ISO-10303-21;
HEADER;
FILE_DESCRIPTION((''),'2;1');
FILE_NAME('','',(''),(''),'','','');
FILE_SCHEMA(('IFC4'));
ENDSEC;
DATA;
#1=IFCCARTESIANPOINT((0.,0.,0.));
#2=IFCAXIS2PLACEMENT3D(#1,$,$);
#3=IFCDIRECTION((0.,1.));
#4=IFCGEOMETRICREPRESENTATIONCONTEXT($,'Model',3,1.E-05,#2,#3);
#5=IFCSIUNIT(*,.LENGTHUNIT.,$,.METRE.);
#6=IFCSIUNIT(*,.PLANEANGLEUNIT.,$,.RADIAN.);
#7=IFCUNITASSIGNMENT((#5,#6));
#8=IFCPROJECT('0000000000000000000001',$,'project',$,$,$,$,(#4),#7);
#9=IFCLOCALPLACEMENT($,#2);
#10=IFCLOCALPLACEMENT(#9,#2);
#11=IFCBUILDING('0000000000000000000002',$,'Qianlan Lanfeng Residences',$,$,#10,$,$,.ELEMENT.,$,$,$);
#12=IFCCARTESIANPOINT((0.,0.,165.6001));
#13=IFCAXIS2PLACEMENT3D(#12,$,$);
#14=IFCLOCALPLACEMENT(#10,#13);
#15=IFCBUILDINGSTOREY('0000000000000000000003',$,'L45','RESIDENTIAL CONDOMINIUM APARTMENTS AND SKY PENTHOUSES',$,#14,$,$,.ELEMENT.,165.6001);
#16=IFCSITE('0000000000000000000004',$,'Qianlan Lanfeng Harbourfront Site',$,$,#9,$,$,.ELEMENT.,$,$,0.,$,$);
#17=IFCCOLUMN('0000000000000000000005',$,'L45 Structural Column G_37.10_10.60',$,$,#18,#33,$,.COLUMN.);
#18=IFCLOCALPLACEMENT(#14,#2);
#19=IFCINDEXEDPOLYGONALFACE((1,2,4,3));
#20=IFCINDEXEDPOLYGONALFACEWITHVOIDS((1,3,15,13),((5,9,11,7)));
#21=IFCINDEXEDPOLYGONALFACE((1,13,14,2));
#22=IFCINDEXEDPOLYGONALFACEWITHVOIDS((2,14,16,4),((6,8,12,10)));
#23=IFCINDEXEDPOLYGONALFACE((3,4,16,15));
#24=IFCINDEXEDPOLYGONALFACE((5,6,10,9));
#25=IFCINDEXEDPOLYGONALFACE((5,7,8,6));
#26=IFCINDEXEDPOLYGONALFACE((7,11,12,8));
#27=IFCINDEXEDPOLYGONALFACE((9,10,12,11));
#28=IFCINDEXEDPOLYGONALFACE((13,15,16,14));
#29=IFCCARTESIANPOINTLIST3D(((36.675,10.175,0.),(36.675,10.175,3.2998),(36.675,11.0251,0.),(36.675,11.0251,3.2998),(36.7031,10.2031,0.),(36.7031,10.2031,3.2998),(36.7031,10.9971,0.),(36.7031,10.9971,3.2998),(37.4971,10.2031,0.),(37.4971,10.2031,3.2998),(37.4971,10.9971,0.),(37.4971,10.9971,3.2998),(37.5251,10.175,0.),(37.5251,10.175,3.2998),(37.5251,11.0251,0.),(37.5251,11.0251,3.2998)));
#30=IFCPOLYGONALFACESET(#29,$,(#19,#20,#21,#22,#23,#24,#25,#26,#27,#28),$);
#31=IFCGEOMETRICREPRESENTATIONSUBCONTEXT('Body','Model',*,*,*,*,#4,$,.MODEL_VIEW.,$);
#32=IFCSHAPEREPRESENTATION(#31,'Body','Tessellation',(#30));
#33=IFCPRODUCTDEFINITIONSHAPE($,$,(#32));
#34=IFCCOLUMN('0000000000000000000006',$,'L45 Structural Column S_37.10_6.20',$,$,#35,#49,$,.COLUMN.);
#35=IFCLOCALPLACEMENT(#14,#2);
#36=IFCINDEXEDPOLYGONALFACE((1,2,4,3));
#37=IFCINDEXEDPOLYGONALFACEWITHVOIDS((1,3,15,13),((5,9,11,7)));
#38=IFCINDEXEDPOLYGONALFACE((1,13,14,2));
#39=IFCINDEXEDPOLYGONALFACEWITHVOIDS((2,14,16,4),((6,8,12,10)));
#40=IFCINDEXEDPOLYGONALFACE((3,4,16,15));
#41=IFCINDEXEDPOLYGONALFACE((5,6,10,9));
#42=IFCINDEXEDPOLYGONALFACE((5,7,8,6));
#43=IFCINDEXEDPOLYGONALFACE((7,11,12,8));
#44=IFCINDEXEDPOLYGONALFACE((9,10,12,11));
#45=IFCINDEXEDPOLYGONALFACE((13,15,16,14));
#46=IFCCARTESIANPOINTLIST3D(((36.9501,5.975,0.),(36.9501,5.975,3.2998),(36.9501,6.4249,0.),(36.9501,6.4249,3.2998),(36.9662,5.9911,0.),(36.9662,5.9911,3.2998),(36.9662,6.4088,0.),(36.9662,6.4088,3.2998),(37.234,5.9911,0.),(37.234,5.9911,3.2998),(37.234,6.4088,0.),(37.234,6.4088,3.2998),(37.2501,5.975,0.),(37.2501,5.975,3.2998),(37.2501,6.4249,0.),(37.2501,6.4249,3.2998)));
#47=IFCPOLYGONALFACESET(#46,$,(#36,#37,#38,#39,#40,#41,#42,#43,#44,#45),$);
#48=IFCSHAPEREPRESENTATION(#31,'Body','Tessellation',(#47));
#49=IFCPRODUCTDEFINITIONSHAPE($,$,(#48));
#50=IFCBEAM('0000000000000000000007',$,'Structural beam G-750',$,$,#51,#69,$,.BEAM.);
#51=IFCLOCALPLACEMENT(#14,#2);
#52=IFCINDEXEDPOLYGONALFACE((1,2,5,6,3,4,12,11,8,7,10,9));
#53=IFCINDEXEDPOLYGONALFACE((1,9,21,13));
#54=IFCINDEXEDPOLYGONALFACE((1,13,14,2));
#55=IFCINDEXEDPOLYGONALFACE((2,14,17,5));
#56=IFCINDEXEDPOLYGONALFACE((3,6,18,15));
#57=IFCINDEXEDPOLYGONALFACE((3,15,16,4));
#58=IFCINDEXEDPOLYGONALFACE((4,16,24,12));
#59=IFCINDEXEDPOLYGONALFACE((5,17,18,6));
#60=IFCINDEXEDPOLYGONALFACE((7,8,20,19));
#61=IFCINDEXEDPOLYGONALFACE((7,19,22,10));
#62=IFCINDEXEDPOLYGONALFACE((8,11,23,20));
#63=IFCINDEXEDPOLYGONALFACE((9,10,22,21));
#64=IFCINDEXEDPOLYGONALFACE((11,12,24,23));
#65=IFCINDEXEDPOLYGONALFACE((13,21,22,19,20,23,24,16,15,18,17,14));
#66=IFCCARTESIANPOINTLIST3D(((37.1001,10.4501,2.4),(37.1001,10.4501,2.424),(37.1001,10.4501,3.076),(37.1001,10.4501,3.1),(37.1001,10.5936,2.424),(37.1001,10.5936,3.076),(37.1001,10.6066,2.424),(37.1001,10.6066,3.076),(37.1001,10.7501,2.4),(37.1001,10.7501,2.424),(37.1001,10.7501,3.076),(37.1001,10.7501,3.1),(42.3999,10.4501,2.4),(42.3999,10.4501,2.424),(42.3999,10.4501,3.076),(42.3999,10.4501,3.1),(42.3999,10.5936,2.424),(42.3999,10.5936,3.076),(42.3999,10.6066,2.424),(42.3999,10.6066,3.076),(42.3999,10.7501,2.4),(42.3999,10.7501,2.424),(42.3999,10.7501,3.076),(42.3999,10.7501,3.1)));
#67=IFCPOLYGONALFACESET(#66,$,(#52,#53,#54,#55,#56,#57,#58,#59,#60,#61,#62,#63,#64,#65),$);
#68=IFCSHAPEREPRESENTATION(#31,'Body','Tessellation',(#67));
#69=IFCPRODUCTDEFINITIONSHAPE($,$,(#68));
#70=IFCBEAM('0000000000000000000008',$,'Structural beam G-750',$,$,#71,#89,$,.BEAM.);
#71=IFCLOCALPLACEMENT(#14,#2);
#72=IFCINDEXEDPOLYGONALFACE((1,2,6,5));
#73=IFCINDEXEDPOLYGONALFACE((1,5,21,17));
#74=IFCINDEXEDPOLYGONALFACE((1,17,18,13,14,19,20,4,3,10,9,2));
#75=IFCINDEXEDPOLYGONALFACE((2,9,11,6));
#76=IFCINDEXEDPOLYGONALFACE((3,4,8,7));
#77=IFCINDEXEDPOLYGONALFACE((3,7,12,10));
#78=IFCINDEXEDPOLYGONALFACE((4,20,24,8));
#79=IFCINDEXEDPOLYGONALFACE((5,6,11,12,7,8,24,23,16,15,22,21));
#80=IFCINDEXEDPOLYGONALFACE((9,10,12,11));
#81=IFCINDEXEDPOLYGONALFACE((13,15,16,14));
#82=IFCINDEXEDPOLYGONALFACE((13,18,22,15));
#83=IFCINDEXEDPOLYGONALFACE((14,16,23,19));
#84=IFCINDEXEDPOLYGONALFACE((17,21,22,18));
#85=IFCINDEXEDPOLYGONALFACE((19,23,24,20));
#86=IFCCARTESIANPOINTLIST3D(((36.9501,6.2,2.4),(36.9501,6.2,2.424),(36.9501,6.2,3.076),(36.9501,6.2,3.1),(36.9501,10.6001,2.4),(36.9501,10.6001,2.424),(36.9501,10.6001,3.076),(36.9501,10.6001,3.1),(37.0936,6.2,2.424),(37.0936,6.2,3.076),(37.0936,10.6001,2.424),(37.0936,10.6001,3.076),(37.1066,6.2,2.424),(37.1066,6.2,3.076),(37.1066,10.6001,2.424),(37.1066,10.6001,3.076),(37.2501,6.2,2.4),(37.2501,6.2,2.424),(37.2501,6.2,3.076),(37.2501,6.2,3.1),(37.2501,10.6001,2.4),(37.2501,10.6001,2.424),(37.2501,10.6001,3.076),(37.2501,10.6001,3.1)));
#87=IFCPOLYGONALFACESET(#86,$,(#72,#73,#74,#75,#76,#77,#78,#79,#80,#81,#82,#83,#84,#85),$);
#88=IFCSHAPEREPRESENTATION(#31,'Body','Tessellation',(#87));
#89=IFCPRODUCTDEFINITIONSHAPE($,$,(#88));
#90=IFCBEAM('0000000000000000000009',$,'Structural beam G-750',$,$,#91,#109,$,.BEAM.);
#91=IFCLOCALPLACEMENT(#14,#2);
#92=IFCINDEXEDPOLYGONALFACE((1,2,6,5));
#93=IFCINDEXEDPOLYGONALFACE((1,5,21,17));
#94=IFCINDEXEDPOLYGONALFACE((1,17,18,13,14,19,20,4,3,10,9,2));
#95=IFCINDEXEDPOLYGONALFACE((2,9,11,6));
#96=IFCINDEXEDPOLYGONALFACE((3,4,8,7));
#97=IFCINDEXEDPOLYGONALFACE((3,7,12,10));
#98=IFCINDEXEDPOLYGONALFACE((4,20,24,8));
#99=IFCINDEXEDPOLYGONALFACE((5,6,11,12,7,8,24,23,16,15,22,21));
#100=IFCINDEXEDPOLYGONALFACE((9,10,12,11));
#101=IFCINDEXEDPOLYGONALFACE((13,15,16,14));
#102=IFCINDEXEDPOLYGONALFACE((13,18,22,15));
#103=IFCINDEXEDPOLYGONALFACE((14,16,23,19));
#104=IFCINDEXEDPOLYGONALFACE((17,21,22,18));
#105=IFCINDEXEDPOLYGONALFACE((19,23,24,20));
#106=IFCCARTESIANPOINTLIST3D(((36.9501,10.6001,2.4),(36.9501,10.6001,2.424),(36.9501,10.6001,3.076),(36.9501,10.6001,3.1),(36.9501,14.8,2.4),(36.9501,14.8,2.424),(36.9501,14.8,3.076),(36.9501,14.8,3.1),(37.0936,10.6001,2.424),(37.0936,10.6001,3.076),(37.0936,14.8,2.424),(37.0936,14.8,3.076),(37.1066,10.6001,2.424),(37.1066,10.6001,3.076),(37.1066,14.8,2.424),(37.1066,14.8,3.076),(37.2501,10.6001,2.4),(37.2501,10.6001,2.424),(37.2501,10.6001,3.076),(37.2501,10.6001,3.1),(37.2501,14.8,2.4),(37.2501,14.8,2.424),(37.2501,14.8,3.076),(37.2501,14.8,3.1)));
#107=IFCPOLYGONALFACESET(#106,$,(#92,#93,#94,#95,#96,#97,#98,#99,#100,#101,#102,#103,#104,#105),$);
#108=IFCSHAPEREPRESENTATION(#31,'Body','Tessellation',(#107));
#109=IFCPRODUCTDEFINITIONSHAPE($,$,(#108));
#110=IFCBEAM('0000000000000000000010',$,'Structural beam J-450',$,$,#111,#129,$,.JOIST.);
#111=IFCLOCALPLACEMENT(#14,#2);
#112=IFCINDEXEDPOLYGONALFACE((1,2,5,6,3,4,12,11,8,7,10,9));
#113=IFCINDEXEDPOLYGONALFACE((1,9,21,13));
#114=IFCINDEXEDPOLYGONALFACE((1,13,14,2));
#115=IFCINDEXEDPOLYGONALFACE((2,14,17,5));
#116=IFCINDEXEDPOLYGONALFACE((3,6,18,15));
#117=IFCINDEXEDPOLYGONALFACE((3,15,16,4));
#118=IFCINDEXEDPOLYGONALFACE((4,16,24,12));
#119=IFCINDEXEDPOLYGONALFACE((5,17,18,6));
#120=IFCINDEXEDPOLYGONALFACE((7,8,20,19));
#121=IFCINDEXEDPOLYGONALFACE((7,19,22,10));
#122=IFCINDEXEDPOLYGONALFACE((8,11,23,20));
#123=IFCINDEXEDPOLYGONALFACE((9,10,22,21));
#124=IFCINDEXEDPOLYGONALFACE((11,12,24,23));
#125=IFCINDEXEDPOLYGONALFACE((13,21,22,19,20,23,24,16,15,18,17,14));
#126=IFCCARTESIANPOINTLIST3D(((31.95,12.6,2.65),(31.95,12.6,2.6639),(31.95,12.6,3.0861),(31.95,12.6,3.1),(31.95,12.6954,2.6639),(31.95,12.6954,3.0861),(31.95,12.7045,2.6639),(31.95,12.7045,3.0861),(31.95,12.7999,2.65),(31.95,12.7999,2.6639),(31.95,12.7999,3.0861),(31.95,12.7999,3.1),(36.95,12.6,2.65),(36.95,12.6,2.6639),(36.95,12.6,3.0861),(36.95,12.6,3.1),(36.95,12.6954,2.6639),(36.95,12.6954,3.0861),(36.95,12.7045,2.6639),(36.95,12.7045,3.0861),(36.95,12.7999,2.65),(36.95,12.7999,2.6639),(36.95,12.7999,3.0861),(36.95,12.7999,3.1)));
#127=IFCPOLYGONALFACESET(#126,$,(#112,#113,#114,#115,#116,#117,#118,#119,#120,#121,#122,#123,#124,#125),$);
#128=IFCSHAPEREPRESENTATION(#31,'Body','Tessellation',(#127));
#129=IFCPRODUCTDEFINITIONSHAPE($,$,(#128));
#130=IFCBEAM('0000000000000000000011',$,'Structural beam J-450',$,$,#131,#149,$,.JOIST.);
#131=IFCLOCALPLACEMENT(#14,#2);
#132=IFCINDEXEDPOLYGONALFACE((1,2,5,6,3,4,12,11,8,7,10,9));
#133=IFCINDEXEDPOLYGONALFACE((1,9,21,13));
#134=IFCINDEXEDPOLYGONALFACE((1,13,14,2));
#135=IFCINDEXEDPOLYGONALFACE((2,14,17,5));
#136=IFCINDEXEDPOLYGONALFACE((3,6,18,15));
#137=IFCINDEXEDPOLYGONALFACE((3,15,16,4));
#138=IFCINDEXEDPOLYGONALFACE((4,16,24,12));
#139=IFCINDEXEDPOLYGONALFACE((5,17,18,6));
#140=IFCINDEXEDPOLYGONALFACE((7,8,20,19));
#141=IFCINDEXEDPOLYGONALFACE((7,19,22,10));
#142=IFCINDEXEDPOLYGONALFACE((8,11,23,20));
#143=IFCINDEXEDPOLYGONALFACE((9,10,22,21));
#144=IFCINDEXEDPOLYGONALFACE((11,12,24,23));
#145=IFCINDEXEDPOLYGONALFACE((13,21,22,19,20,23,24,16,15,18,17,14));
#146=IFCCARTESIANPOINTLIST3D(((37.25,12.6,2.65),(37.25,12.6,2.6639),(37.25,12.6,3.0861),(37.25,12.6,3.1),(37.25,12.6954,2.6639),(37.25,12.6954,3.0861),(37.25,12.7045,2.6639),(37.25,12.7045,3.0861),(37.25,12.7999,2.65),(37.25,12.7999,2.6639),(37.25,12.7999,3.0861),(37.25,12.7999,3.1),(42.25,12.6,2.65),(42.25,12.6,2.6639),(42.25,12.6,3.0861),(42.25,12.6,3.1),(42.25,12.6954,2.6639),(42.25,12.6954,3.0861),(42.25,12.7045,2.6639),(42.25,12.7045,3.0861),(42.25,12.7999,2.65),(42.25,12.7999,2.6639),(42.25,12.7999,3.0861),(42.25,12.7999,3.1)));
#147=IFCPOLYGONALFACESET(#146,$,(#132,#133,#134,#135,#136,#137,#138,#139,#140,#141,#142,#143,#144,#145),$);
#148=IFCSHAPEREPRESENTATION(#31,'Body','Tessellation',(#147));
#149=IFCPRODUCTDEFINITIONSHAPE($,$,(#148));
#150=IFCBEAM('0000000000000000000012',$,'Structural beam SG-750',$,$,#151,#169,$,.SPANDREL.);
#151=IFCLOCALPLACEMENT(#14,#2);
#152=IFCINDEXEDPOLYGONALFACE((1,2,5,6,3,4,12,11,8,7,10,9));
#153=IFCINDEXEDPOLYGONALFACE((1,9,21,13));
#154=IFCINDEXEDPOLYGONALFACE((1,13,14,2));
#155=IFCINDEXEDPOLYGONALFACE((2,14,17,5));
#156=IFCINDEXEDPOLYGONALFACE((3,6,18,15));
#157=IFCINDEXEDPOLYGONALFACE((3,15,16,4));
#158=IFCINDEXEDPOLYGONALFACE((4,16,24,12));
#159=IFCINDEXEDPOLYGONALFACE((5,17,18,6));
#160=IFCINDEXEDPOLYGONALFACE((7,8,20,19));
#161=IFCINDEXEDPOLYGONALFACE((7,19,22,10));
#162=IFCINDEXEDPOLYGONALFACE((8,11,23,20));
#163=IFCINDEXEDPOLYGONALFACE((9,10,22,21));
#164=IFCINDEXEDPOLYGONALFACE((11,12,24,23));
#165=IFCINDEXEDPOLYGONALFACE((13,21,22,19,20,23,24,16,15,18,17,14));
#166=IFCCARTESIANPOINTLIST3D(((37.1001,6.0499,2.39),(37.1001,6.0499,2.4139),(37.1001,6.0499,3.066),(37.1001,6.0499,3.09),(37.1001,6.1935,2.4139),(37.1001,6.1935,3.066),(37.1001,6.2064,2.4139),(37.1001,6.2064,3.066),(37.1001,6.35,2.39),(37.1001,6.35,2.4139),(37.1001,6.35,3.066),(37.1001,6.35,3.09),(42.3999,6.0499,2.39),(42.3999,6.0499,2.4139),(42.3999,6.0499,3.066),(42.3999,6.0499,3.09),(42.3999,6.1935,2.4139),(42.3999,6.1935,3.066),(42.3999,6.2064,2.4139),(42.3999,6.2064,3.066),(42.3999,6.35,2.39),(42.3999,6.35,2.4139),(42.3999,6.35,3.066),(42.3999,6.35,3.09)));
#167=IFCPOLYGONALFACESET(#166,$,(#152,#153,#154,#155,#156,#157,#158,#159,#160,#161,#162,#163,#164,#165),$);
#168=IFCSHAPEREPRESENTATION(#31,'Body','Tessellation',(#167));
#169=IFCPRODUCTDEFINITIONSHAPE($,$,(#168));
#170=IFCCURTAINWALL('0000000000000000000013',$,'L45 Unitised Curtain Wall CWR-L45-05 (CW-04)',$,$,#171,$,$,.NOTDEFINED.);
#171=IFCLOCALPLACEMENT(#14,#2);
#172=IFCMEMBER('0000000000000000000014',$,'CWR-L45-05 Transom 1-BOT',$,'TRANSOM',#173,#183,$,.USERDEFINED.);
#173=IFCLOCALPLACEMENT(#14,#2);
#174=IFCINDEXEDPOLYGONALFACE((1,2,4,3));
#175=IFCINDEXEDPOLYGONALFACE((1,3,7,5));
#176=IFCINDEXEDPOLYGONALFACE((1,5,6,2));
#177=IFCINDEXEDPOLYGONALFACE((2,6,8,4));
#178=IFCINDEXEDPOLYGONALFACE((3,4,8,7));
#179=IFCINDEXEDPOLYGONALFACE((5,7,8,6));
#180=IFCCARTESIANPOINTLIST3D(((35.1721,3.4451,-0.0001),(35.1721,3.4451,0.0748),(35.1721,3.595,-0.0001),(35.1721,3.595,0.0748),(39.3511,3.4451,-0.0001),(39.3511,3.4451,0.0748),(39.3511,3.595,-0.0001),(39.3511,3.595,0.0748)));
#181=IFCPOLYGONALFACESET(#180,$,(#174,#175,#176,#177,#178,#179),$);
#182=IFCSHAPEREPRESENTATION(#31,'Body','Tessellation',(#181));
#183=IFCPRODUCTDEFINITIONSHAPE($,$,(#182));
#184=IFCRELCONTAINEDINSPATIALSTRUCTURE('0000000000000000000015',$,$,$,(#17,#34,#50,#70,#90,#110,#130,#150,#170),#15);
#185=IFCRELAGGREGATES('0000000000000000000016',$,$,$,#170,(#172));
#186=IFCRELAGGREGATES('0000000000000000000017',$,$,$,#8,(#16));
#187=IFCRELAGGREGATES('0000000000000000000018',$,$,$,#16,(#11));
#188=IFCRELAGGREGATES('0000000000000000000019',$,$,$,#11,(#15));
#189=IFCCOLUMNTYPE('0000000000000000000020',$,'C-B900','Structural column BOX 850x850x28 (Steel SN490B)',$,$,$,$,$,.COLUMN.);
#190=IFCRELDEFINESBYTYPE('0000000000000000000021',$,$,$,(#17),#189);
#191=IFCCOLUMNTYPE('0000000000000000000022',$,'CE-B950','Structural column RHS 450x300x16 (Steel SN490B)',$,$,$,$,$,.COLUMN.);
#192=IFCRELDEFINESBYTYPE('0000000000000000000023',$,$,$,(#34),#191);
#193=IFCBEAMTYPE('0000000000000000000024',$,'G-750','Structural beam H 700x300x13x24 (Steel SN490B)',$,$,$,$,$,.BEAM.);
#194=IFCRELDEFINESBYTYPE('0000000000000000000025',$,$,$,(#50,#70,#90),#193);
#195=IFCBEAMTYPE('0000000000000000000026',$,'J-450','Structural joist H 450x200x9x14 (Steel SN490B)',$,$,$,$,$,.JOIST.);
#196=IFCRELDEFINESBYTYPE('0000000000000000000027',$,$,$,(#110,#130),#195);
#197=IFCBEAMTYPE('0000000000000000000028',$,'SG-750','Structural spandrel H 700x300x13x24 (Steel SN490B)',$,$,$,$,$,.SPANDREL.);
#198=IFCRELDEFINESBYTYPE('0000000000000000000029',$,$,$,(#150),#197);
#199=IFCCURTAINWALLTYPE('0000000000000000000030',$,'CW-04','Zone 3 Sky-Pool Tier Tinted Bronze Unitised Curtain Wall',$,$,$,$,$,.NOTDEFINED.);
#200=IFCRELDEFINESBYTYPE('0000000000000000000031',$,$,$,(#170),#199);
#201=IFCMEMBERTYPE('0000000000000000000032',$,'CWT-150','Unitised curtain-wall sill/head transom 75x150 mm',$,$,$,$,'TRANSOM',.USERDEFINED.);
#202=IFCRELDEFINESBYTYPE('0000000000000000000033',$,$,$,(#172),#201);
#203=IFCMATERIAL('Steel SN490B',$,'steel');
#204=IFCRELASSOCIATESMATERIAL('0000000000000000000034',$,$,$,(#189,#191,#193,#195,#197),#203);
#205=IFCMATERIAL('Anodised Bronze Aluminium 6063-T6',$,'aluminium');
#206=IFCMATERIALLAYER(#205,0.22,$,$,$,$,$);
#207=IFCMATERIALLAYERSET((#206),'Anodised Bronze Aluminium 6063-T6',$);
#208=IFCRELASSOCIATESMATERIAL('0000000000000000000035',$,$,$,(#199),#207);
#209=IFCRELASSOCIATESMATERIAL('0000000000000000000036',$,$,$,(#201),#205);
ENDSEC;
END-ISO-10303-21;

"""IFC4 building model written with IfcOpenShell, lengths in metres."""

from ifc_helpers import new_model, si_unit, direction, frame, origin, origin_2d, place, context, subcontext, project, spatial, rectangle, hollow_rectangle, i_section, extrude, source, transform, mapped, material, layer, layer_set, material_profile, profile_set, type_object, element, aggregate, save


model = new_model("IFC4")

# Units and contexts
model_context = context("Model", 3, precision=1e-05, world=origin(), true_north=direction((0.0, 1.0)))
body_context = subcontext(model_context, "Body", "Model", "MODEL_VIEW")
ifc_project = project(units=[si_unit("LENGTHUNIT", "METRE"), si_unit("PLANEANGLEUNIT", "RADIAN")], contexts=[model_context])

# Site, building, storey
site_placement = place(None, origin())
site = spatial("IfcSite", under=ifc_project, at=site_placement, Name="Qianlan Lanfeng Harbourfront Site", CompositionType="ELEMENT", RefElevation=0.0)
building_placement = place(site_placement, origin())
building = spatial("IfcBuilding", under=site, at=building_placement, Name="Qianlan Lanfeng Residences", CompositionType="ELEMENT")
storey_placement = place(building_placement, frame((0.0, 0.0, 165.6001)))
storey = spatial("IfcBuildingStorey", under=building, at=storey_placement, Name="L45", Description="RESIDENTIAL CONDOMINIUM APARTMENTS AND SKY PENTHOUSES", CompositionType="ELEMENT", Elevation=165.6001)

# Columns
ifc_material_1 = material(Name="Steel SN490B", Category="steel")
ifc_material_profile_1 = material_profile(ifc_material_1, hollow_rectangle(XDim=0.8501, YDim=0.8501, WallThickness=0.0281, at=origin_2d()), Name="BOX 850x850x28")
ifc_profile_set_1 = profile_set([ifc_material_profile_1], Name="Steel SN490B")
column_type_1 = type_object("IfcColumnType", Name="C-B900", Description="Structural column BOX 850x850x28 (Steel SN490B)", PredefinedType="COLUMN", material=ifc_profile_set_1)
column_1_placement = place(storey_placement, frame((37.1001, 10.6001, 0.0), z_axis=(0.0, 0.0, 1.0), x_axis=(1.0, 0.0, 0.0)))
element("IfcColumn", 1, at=column_1_placement, inside=storey, type_object=column_type_1, Name="L45 Structural Column G_37.10_10.60", PredefinedType="COLUMN", context=body_context, shape_type="SweptSolid", body=[
    extrude(hollow_rectangle(XDim=0.8501, YDim=0.8501, WallThickness=0.0281, at=origin_2d()), origin(), (0.0, 0.0, 1.0), 3.2998),
])
ifc_material_profile_2 = material_profile(ifc_material_1, hollow_rectangle(XDim=0.3, YDim=0.45, WallThickness=0.0161, at=origin_2d()), Name="RHS 450x300x16")
ifc_profile_set_2 = profile_set([ifc_material_profile_2], Name="Steel SN490B")
column_type_2 = type_object("IfcColumnType", Name="CE-B950", Description="Structural column RHS 450x300x16 (Steel SN490B)", PredefinedType="COLUMN", material=ifc_profile_set_2)
column_2_placement = place(storey_placement, frame((37.1001, 6.2, 0.0), z_axis=(0.0, 0.0, 1.0), x_axis=(1.0, 0.0, 0.0)))
element("IfcColumn", 2, at=column_2_placement, inside=storey, type_object=column_type_2, Name="L45 Structural Column S_37.10_6.20", PredefinedType="COLUMN", context=body_context, shape_type="SweptSolid", body=[
    extrude(hollow_rectangle(XDim=0.3, YDim=0.45, WallThickness=0.0161, at=origin_2d()), origin(), (0.0, 0.0, 1.0), 3.2998),
])

# Beams
ifc_material_profile_3 = material_profile(ifc_material_1, i_section(OverallWidth=0.3, OverallDepth=0.7, WebThickness=0.0129, FlangeThickness=0.0239, at=origin_2d()), Name="H 700x300x13x24")
ifc_profile_set_3 = profile_set([ifc_material_profile_3], Name="Steel SN490B")
beam_type_1 = type_object("IfcBeamType", Name="G-750", Description="Structural beam H 700x300x13x24 (Steel SN490B)", PredefinedType="BEAM", material=ifc_profile_set_3)
beam_1_placement = place(storey_placement, frame((37.1001, 10.6001, 2.75), z_axis=(1.0, 0.0, 0.0), x_axis=(0.0, 1.0, 0.0)))
element("IfcBeam", 3, at=beam_1_placement, inside=storey, type_object=beam_type_1, Name="Structural beam G-750", PredefinedType="BEAM", context=body_context, shape_type="SweptSolid", body=[
    extrude(i_section(OverallWidth=0.3, OverallDepth=0.7, WebThickness=0.0129, FlangeThickness=0.0239, at=origin_2d()), origin(), (0.0, 0.0, 1.0), 5.2998),
])
beam_2_placement = place(storey_placement, frame((37.1001, 6.2, 2.75), z_axis=(0.0, 1.0, 0.0), x_axis=(-1.0, 0.0, 0.0)))
element("IfcBeam", 4, at=beam_2_placement, inside=storey, type_object=beam_type_1, Name="Structural beam G-750", PredefinedType="BEAM", context=body_context, shape_type="SweptSolid", body=[
    extrude(i_section(OverallWidth=0.3, OverallDepth=0.7, WebThickness=0.0129, FlangeThickness=0.0239, at=origin_2d()), origin(), (0.0, 0.0, 1.0), 4.4001),
])
beam_3_placement = place(storey_placement, frame((37.1001, 10.6001, 2.75), z_axis=(0.0, 1.0, 0.0), x_axis=(-1.0, 0.0, 0.0)))
element("IfcBeam", 5, at=beam_3_placement, inside=storey, type_object=beam_type_1, Name="Structural beam G-750", PredefinedType="BEAM", context=body_context, shape_type="SweptSolid", body=[
    extrude(i_section(OverallWidth=0.3, OverallDepth=0.7, WebThickness=0.0129, FlangeThickness=0.0239, at=origin_2d()), origin(), (0.0, 0.0, 1.0), 4.2),
])
ifc_material_profile_4 = material_profile(ifc_material_1, i_section(OverallWidth=0.2, OverallDepth=0.45, WebThickness=0.009, FlangeThickness=0.0139, at=origin_2d()), Name="H 450x200x9x14")
ifc_profile_set_4 = profile_set([ifc_material_profile_4], Name="Steel SN490B")
beam_type_2 = type_object("IfcBeamType", Name="J-450", Description="Structural joist H 450x200x9x14 (Steel SN490B)", PredefinedType="JOIST", material=ifc_profile_set_4)
for number, where, z_axis, x_axis, name in (
    (6, (31.95, 12.7, 2.875), (1.0, 0.0, 0.0), (0.0, 1.0, 0.0), "Structural beam J-450"),
    (7, (37.25, 12.7, 2.875), (1.0, 0.0, 0.0), (0.0, 1.0, 0.0), "Structural beam J-450"),
):
    element("IfcBeam", number, at=place(storey_placement, frame(where, z_axis=z_axis, x_axis=x_axis)), inside=storey, type_object=beam_type_2, Name=name, PredefinedType="JOIST", context=body_context, shape_type="SweptSolid", body=[
        extrude(i_section(OverallWidth=0.2, OverallDepth=0.45, WebThickness=0.009, FlangeThickness=0.0139, at=origin_2d()), origin(), (0.0, 0.0, 1.0), 5.0),
    ])
ifc_material_profile_5 = material_profile(ifc_material_1, i_section(OverallWidth=0.3, OverallDepth=0.7, WebThickness=0.0129, FlangeThickness=0.0239, at=origin_2d()), Name="H 700x300x13x24")
ifc_profile_set_5 = profile_set([ifc_material_profile_5], Name="Steel SN490B")
beam_type_3 = type_object("IfcBeamType", Name="SG-750", Description="Structural spandrel H 700x300x13x24 (Steel SN490B)", PredefinedType="SPANDREL", material=ifc_profile_set_5)
beam_4_placement = place(storey_placement, frame((37.1001, 6.2, 2.74), z_axis=(1.0, 0.0, 0.0), x_axis=(0.0, 1.0, 0.0)))
element("IfcBeam", 8, at=beam_4_placement, inside=storey, type_object=beam_type_3, Name="Structural beam SG-750", PredefinedType="SPANDREL", context=body_context, shape_type="SweptSolid", body=[
    extrude(i_section(OverallWidth=0.3, OverallDepth=0.7, WebThickness=0.0129, FlangeThickness=0.0239, at=origin_2d()), origin(), (0.0, 0.0, 1.0), 5.2998),
])

# Curtain wall, member
ifc_material_2 = material(Name="Anodised Bronze Aluminium 6063-T6", Category="aluminium")
ifc_layer_1 = layer(ifc_material_2, 0.22)
ifc_layer_set_1 = layer_set([ifc_layer_1], Name="Anodised Bronze Aluminium 6063-T6")
curtain_wall_type = type_object("IfcCurtainWallType", Name="CW-04", Description="Zone 3 Sky-Pool Tier Tinted Bronze Unitised Curtain Wall", PredefinedType="NOTDEFINED", material=ifc_layer_set_1)
curtain_wall_1_placement = place(storey_placement, origin())
curtain_wall_1 = element("IfcCurtainWall", 9, at=curtain_wall_1_placement, inside=storey, type_object=curtain_wall_type, Name="L45 Unitised Curtain Wall CWR-L45-05 (CW-04)", PredefinedType="NOTDEFINED")
ifc_material_profile_6 = material_profile(ifc_material_2, rectangle(XDim=0.075, YDim=0.1499, at=origin_2d()), Name="ALU TRANSOM 75x150")
ifc_profile_set_6 = profile_set([ifc_material_profile_6], Name="Anodised Bronze Aluminium 6063-T6")
member_type_1 = type_object("IfcMemberType", Name="CWT-150", Description="Unitised curtain-wall sill/head transom 75x150 mm", ElementType="TRANSOM", PredefinedType="USERDEFINED", material=ifc_profile_set_6)
shared_shape_1 = source(origin(), body_context, "Body", "SweptSolid", [
    extrude(rectangle(XDim=0.075, YDim=0.1499, at=origin_2d()), origin(), (0.0, 0.0, 1.0), 4.179),
])
member_1_placement = place(storey_placement, frame((35.1721, 3.52, 0.0374), z_axis=(1.0, 0.0, 0.0), x_axis=(0.0, 0.0, 1.0)))
member_1 = element("IfcMember", 10, at=member_1_placement, type_object=member_type_1, Name="CWR-L45-05 Transom 1-BOT", ObjectType="TRANSOM", PredefinedType="USERDEFINED", context=body_context, shape_type="MappedRepresentation", body=[
    mapped(shared_shape_1, transform((0.0, 0.0, 0.0), scale=1.0)),
])

aggregate(curtain_wall_1, [member_1])

save(model, "model.ifc")
